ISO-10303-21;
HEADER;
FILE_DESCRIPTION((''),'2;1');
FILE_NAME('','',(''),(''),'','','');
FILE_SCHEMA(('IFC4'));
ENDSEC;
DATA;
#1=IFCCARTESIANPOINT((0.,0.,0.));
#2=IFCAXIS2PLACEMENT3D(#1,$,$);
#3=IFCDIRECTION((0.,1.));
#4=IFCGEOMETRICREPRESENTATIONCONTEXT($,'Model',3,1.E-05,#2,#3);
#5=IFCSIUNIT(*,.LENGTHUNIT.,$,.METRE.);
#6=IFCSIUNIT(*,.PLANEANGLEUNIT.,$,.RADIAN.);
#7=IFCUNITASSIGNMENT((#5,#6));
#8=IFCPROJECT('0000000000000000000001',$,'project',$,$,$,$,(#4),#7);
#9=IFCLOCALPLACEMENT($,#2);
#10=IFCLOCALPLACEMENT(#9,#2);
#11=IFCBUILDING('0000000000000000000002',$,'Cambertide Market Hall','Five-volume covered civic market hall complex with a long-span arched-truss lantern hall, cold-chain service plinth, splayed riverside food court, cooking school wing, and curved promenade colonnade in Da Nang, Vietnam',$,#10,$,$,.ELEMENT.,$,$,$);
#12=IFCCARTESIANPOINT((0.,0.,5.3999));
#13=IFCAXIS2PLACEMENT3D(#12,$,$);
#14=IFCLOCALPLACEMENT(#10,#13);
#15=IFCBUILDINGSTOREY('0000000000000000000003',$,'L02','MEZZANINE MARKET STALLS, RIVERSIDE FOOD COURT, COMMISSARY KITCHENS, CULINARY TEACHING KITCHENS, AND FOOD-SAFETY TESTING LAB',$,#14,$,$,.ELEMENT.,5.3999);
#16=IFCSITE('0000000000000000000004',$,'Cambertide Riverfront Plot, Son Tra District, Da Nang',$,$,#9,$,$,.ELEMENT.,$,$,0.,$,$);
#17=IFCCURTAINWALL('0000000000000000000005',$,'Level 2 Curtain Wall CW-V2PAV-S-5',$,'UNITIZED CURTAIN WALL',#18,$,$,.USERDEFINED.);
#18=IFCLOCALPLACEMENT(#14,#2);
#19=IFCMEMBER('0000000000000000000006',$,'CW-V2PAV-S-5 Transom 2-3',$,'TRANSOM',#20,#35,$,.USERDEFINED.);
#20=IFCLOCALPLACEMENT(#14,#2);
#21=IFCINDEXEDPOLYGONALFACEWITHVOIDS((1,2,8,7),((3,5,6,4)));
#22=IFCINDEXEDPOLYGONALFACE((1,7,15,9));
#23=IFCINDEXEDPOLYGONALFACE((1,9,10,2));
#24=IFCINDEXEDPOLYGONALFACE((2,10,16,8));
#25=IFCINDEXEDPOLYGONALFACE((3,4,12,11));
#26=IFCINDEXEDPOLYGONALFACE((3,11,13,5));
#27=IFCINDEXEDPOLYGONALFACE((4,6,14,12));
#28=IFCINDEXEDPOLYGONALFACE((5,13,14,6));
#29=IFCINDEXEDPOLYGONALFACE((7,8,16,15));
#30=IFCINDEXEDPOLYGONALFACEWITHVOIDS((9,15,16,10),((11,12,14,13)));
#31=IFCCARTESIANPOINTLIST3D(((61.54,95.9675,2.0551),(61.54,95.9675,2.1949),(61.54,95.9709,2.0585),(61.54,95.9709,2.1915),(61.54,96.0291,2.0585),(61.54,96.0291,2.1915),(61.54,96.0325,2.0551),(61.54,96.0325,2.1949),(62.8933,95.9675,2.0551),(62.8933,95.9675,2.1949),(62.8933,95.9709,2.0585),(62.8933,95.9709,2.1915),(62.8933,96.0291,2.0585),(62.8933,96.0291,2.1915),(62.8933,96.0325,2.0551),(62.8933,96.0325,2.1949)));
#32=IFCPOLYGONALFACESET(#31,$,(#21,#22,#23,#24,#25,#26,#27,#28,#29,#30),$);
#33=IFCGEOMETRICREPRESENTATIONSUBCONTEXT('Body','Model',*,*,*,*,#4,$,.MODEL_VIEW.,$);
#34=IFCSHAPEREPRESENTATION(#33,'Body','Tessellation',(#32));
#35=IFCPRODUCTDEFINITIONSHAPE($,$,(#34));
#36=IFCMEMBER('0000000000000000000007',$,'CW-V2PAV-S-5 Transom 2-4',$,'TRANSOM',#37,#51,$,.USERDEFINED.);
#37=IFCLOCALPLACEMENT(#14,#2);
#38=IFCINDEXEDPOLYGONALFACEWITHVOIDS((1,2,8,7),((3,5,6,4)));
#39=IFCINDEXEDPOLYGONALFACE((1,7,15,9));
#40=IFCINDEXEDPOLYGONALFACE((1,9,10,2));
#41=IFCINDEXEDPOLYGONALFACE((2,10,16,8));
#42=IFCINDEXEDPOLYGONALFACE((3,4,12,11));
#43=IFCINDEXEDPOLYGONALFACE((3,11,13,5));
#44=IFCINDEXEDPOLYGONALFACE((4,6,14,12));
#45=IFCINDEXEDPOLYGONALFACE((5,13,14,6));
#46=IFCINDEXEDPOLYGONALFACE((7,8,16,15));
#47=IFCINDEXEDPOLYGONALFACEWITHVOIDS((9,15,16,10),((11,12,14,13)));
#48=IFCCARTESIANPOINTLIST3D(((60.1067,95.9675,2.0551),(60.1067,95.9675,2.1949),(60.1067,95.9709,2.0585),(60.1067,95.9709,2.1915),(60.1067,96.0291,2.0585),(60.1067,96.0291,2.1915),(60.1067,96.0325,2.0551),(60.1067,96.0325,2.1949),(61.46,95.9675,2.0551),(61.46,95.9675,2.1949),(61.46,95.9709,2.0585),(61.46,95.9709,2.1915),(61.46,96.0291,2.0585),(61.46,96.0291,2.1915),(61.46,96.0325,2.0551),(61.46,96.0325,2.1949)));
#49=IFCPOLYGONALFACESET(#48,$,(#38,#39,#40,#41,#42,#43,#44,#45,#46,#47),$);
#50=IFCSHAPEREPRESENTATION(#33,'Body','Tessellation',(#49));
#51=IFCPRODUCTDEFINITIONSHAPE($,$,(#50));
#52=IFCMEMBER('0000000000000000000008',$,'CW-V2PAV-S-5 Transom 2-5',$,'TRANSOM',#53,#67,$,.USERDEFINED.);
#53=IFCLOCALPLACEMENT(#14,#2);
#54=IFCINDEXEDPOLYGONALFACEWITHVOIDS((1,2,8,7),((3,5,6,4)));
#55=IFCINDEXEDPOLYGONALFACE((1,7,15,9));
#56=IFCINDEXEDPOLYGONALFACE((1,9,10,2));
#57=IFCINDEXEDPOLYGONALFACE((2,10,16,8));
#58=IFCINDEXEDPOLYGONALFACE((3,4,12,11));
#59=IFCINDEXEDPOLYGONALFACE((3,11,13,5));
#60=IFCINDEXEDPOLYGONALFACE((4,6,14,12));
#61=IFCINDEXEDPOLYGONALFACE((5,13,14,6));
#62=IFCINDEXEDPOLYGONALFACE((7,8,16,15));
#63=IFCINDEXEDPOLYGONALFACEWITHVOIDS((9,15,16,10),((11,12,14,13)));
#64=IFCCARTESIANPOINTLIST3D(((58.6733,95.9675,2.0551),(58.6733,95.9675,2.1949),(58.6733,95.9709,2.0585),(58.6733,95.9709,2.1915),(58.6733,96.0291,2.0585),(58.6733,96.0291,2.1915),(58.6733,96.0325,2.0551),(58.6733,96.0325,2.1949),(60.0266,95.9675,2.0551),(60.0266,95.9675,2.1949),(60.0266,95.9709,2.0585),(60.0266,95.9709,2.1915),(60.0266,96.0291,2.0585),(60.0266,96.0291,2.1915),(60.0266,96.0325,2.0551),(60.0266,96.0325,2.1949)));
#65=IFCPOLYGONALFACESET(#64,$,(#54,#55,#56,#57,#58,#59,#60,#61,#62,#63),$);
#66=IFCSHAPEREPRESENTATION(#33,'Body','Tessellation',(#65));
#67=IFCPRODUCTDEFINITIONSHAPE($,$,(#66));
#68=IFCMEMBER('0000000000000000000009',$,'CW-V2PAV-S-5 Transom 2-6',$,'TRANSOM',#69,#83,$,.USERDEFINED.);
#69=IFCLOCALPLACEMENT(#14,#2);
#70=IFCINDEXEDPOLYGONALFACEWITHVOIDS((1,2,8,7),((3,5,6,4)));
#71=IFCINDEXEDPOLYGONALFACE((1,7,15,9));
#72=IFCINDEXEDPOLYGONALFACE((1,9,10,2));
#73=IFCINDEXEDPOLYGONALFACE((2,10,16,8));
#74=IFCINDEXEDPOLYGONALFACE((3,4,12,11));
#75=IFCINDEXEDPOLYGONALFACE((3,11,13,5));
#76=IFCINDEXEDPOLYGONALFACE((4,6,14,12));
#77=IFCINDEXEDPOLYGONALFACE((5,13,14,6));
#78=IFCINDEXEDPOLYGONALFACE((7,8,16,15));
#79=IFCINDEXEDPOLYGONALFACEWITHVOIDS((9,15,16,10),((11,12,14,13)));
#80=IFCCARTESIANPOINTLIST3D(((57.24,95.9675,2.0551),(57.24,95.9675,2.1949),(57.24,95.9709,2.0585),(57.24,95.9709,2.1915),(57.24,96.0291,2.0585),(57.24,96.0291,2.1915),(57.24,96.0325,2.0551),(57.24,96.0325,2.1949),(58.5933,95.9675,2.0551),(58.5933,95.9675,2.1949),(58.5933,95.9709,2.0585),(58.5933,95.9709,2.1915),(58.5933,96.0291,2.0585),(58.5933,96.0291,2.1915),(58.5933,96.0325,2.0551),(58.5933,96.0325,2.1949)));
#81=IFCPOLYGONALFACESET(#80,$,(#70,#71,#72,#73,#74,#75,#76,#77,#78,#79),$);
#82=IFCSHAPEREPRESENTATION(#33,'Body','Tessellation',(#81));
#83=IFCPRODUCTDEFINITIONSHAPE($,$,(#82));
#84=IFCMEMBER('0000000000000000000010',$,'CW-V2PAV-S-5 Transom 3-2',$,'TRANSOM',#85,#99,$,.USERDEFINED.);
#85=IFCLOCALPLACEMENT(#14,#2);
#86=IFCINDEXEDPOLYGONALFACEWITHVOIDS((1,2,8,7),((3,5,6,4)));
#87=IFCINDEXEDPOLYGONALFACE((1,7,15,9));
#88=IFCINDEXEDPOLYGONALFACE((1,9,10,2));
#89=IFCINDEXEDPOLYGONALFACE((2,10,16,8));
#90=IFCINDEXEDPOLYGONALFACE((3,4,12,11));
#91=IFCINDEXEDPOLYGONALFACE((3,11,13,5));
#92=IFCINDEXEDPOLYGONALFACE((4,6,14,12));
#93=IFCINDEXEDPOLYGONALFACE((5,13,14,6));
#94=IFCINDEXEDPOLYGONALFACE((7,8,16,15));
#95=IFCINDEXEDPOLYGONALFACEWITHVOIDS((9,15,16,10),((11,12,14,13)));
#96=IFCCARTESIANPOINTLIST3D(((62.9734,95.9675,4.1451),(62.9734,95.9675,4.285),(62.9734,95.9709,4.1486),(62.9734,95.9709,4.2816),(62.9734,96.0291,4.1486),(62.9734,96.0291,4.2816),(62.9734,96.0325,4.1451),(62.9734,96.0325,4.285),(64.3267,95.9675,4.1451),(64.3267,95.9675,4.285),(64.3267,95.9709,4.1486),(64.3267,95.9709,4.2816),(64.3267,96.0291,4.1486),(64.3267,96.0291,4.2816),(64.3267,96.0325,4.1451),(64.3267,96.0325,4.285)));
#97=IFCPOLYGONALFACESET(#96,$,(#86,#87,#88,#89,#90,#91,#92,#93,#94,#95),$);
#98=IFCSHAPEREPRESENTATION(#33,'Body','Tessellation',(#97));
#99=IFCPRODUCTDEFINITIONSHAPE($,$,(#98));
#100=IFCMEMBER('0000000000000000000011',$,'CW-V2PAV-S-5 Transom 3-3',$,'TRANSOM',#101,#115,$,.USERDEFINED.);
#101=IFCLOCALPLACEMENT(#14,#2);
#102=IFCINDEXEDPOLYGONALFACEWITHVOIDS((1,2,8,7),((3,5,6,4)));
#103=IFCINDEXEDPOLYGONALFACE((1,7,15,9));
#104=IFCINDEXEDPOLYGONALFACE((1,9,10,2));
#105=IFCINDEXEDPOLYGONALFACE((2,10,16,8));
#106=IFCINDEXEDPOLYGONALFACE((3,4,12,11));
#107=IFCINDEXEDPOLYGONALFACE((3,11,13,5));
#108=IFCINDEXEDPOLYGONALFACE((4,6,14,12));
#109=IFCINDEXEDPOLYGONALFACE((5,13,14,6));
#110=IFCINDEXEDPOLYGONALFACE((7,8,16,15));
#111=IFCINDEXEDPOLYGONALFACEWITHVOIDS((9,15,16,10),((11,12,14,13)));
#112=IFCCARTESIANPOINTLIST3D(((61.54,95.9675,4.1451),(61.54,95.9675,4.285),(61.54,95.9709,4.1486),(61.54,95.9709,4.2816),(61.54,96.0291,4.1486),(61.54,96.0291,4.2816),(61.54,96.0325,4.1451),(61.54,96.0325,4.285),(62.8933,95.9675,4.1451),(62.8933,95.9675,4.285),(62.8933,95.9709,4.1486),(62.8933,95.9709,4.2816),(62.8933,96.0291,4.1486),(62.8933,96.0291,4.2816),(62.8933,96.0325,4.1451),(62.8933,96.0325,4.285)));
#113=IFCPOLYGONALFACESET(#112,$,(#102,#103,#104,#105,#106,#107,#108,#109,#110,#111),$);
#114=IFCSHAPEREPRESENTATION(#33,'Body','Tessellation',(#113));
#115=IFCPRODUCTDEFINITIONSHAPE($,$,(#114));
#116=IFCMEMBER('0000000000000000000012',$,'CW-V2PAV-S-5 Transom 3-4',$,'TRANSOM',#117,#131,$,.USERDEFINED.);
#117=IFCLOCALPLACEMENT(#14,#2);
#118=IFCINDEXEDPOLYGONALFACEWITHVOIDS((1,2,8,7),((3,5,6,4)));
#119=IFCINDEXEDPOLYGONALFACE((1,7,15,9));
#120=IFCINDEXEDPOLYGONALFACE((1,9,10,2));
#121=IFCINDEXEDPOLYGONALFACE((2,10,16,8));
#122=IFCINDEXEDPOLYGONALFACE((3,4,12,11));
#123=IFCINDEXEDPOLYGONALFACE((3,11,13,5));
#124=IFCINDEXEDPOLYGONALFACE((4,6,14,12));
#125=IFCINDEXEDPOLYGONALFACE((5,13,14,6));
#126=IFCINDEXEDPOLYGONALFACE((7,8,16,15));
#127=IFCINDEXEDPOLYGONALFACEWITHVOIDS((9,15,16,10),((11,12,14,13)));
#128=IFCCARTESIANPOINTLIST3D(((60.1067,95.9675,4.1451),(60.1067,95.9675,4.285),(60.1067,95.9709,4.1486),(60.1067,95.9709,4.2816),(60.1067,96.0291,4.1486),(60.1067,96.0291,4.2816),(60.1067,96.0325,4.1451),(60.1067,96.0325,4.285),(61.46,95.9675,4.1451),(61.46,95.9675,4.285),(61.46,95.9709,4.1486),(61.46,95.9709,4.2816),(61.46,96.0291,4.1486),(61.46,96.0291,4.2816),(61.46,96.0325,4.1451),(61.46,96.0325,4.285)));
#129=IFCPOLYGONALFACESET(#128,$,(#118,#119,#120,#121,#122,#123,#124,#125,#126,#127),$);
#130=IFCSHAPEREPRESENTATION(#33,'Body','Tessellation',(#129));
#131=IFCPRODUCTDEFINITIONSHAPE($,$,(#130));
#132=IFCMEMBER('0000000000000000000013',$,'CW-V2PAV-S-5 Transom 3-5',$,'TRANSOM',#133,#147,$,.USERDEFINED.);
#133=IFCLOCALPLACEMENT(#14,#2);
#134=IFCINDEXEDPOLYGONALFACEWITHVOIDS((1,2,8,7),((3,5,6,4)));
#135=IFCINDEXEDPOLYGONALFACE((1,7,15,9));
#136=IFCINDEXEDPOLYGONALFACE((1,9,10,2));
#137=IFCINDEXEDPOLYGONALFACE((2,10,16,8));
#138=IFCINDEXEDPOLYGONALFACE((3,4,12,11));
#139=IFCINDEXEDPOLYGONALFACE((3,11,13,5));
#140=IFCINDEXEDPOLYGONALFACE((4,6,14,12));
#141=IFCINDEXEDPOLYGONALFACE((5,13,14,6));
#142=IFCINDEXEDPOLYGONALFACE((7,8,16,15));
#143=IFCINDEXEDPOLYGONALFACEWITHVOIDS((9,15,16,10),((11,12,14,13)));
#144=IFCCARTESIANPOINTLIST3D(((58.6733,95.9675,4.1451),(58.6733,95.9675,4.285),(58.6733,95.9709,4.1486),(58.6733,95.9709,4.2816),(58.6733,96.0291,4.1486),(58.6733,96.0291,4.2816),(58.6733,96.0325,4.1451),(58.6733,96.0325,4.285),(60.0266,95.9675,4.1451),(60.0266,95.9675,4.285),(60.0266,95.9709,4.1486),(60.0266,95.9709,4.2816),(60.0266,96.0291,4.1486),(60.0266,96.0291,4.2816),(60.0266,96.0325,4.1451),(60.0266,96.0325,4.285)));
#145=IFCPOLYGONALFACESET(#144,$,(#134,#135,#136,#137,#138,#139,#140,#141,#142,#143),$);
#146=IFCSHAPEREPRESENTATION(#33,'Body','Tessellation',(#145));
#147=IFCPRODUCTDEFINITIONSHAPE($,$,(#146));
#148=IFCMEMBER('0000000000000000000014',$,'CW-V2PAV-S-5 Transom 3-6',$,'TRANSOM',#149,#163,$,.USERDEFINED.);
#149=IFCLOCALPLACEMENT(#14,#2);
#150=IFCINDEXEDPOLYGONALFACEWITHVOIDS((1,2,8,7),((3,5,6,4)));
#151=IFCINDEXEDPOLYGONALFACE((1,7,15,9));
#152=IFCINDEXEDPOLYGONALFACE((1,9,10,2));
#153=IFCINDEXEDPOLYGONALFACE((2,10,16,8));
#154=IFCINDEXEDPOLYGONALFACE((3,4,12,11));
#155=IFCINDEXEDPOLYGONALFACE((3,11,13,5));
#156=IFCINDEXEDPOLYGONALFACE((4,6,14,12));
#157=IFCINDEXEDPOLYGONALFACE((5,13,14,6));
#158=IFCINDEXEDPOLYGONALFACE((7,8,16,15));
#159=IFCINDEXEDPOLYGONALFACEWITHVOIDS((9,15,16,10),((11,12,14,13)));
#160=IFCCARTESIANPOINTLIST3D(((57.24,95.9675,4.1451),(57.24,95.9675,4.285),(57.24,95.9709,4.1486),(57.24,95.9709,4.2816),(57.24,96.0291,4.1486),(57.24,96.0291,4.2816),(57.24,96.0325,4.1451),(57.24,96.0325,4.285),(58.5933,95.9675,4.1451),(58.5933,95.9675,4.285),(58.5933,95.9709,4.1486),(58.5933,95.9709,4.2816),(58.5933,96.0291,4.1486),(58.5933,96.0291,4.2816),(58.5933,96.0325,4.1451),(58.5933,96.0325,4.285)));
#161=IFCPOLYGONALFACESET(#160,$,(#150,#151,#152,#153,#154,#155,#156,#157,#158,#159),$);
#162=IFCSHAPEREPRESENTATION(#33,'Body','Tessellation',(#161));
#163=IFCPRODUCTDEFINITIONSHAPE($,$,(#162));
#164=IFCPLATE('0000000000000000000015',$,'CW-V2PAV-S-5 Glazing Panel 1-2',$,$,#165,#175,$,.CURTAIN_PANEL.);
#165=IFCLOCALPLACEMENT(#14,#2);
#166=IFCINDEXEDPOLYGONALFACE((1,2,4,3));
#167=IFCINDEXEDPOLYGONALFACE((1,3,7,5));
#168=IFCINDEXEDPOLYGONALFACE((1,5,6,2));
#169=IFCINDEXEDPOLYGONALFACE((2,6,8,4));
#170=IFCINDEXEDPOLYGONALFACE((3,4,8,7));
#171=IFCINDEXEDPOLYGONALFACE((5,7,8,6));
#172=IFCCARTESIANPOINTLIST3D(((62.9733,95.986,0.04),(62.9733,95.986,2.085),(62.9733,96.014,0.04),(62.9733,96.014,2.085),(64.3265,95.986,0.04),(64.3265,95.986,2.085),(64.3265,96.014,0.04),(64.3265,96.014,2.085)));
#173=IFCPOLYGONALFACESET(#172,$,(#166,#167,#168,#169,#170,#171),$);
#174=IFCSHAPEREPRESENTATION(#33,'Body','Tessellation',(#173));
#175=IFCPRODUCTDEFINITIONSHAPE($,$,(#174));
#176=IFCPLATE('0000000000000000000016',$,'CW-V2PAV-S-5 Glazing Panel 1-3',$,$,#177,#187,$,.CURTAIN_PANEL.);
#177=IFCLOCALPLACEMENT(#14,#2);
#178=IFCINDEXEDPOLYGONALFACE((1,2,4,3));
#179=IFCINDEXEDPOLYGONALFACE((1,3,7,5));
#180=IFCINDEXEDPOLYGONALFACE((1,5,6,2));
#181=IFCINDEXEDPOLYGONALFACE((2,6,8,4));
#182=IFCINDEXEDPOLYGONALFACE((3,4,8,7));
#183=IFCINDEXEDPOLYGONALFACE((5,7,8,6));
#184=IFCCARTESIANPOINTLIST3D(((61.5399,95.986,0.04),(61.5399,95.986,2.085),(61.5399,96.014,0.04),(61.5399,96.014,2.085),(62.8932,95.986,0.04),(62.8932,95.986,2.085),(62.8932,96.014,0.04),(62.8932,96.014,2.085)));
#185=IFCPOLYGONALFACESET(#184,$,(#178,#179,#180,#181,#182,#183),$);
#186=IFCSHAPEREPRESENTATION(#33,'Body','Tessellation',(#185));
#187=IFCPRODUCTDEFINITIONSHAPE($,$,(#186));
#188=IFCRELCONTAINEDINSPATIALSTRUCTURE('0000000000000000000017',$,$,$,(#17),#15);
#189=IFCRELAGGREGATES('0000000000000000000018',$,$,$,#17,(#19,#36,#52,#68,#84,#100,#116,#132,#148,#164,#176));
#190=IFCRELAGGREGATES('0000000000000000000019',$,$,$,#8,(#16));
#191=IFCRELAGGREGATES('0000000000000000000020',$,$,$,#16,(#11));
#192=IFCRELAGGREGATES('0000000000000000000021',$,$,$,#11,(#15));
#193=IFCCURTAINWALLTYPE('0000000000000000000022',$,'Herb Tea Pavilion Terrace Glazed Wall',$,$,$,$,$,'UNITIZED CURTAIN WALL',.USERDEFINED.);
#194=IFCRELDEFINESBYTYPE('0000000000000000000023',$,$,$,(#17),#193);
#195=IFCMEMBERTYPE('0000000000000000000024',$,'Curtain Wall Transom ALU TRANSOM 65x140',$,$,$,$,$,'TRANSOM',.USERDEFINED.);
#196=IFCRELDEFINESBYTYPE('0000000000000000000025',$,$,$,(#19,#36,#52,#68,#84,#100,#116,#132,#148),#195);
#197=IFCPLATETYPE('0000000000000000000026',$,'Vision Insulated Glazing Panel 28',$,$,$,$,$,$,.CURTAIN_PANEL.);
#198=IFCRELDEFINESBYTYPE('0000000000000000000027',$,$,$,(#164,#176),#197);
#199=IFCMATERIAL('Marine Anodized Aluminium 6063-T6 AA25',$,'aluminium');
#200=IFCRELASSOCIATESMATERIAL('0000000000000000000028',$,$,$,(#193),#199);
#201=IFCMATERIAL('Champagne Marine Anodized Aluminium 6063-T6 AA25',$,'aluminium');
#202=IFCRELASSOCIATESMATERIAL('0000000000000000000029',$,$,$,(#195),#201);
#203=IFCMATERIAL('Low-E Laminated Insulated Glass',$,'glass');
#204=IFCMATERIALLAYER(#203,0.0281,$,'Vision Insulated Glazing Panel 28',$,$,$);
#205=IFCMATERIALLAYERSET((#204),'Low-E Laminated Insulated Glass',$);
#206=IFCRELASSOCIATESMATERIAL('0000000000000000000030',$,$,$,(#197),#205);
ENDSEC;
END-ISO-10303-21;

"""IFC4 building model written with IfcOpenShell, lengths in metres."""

from ifc_helpers import new_model, si_unit, direction, frame, origin, origin_2d, place, context, subcontext, project, spatial, rectangle, hollow_rectangle, extrude, material, layer, layer_set, material_profile, profile_set, type_object, element, aggregate, save


model = new_model("IFC4")

# Units and contexts
model_context = context("Model", 3, precision=1e-05, world=origin(), true_north=direction((0.0, 1.0)))
body_context = subcontext(model_context, "Body", "Model", "MODEL_VIEW")
ifc_project = project(units=[si_unit("LENGTHUNIT", "METRE"), si_unit("PLANEANGLEUNIT", "RADIAN")], contexts=[model_context])

# Site, building, storey
site_placement = place(None, origin())
site = spatial("IfcSite", under=ifc_project, at=site_placement, Name="Cambertide Riverfront Plot, Son Tra District, Da Nang", CompositionType="ELEMENT", RefElevation=0.0)
building_placement = place(site_placement, origin())
building = spatial("IfcBuilding", under=site, at=building_placement, Name="Cambertide Market Hall", Description="Five-volume covered civic market hall complex with a long-span arched-truss lantern hall, cold-chain service plinth, splayed riverside food court, cooking school wing, and curved promenade colonnade in Da Nang, Vietnam", CompositionType="ELEMENT")
storey_placement = place(building_placement, frame((0.0, 0.0, 5.3999)))
storey = spatial("IfcBuildingStorey", under=building, at=storey_placement, Name="L02", Description="MEZZANINE MARKET STALLS, RIVERSIDE FOOD COURT, COMMISSARY KITCHENS, CULINARY TEACHING KITCHENS, AND FOOD-SAFETY TESTING LAB", CompositionType="ELEMENT", Elevation=5.3999)

# Curtain wall, members, plates
ifc_material_1 = material(Name="Marine Anodized Aluminium 6063-T6 AA25", Category="aluminium")
curtain_wall_type = type_object("IfcCurtainWallType", Name="Herb Tea Pavilion Terrace Glazed Wall", ElementType="UNITIZED CURTAIN WALL", PredefinedType="USERDEFINED", material=ifc_material_1)
curtain_wall_placement = place(storey_placement, origin())
curtain_wall = element("IfcCurtainWall", 1, at=curtain_wall_placement, inside=storey, type_object=curtain_wall_type, Name="Level 2 Curtain Wall CW-V2PAV-S-5", ObjectType="UNITIZED CURTAIN WALL", PredefinedType="USERDEFINED")
ifc_material_2 = material(Name="Champagne Marine Anodized Aluminium 6063-T6 AA25", Category="aluminium")
ifc_material_profile_1 = material_profile(ifc_material_2, hollow_rectangle(XDim=0.0649, YDim=0.1399, WallThickness=0.0034, at=origin_2d()), Name="ALU TRANSOM 65x140")
ifc_profile_set_1 = profile_set([ifc_material_profile_1], Name="Champagne Marine Anodized Aluminium 6063-T6 AA25")
member_type_1 = type_object("IfcMemberType", Name="Curtain Wall Transom ALU TRANSOM 65x140", ElementType="TRANSOM", PredefinedType="USERDEFINED", material=ifc_profile_set_1)
member_1_placement = place(storey_placement, frame((62.8933, 96.0, 2.125), z_axis=(-1.0, 0.0, 0.0), x_axis=(0.0, -1.0, 0.0)))
member_1 = element("IfcMember", 2, at=member_1_placement, type_object=member_type_1, Name="CW-V2PAV-S-5 Transom 2-3", ObjectType="TRANSOM", PredefinedType="USERDEFINED", context=body_context, shape_type="SweptSolid", body=[
    extrude(hollow_rectangle(XDim=0.0649, YDim=0.1399, WallThickness=0.0034, at=origin_2d()), origin(), (0.0, 0.0, 1.0), 1.3533),
])
member_2_placement = place(storey_placement, frame((61.46, 96.0, 2.125), z_axis=(-1.0, 0.0, 0.0), x_axis=(0.0, -1.0, 0.0)))
member_2 = element("IfcMember", 3, at=member_2_placement, type_object=member_type_1, Name="CW-V2PAV-S-5 Transom 2-4", ObjectType="TRANSOM", PredefinedType="USERDEFINED", context=body_context, shape_type="SweptSolid", body=[
    extrude(hollow_rectangle(XDim=0.0649, YDim=0.1399, WallThickness=0.0034, at=origin_2d()), origin(), (0.0, 0.0, 1.0), 1.3533),
])
member_3_placement = place(storey_placement, frame((60.0266, 96.0, 2.125), z_axis=(-1.0, 0.0, 0.0), x_axis=(0.0, -1.0, 0.0)))
member_3 = element("IfcMember", 4, at=member_3_placement, type_object=member_type_1, Name="CW-V2PAV-S-5 Transom 2-5", ObjectType="TRANSOM", PredefinedType="USERDEFINED", context=body_context, shape_type="SweptSolid", body=[
    extrude(hollow_rectangle(XDim=0.0649, YDim=0.1399, WallThickness=0.0034, at=origin_2d()), origin(), (0.0, 0.0, 1.0), 1.3533),
])
member_4_placement = place(storey_placement, frame((58.5933, 96.0, 2.125), z_axis=(-1.0, 0.0, 0.0), x_axis=(0.0, -1.0, 0.0)))
member_4 = element("IfcMember", 5, at=member_4_placement, type_object=member_type_1, Name="CW-V2PAV-S-5 Transom 2-6", ObjectType="TRANSOM", PredefinedType="USERDEFINED", context=body_context, shape_type="SweptSolid", body=[
    extrude(hollow_rectangle(XDim=0.0649, YDim=0.1399, WallThickness=0.0034, at=origin_2d()), origin(), (0.0, 0.0, 1.0), 1.3533),
])
member_5_placement = place(storey_placement, frame((64.3267, 96.0, 4.2151), z_axis=(-1.0, 0.0, 0.0), x_axis=(0.0, -1.0, 0.0)))
member_5 = element("IfcMember", 6, at=member_5_placement, type_object=member_type_1, Name="CW-V2PAV-S-5 Transom 3-2", ObjectType="TRANSOM", PredefinedType="USERDEFINED", context=body_context, shape_type="SweptSolid", body=[
    extrude(hollow_rectangle(XDim=0.0649, YDim=0.1399, WallThickness=0.0034, at=origin_2d()), origin(), (0.0, 0.0, 1.0), 1.3533),
])
member_6_placement = place(storey_placement, frame((62.8933, 96.0, 4.2151), z_axis=(-1.0, 0.0, 0.0), x_axis=(0.0, -1.0, 0.0)))
member_6 = element("IfcMember", 7, at=member_6_placement, type_object=member_type_1, Name="CW-V2PAV-S-5 Transom 3-3", ObjectType="TRANSOM", PredefinedType="USERDEFINED", context=body_context, shape_type="SweptSolid", body=[
    extrude(hollow_rectangle(XDim=0.0649, YDim=0.1399, WallThickness=0.0034, at=origin_2d()), origin(), (0.0, 0.0, 1.0), 1.3533),
])
member_7_placement = place(storey_placement, frame((61.46, 96.0, 4.2151), z_axis=(-1.0, 0.0, 0.0), x_axis=(0.0, -1.0, 0.0)))
member_7 = element("IfcMember", 8, at=member_7_placement, type_object=member_type_1, Name="CW-V2PAV-S-5 Transom 3-4", ObjectType="TRANSOM", PredefinedType="USERDEFINED", context=body_context, shape_type="SweptSolid", body=[
    extrude(hollow_rectangle(XDim=0.0649, YDim=0.1399, WallThickness=0.0034, at=origin_2d()), origin(), (0.0, 0.0, 1.0), 1.3533),
])
member_8_placement = place(storey_placement, frame((60.0266, 96.0, 4.2151), z_axis=(-1.0, 0.0, 0.0), x_axis=(0.0, -1.0, 0.0)))
member_8 = element("IfcMember", 9, at=member_8_placement, type_object=member_type_1, Name="CW-V2PAV-S-5 Transom 3-5", ObjectType="TRANSOM", PredefinedType="USERDEFINED", context=body_context, shape_type="SweptSolid", body=[
    extrude(hollow_rectangle(XDim=0.0649, YDim=0.1399, WallThickness=0.0034, at=origin_2d()), origin(), (0.0, 0.0, 1.0), 1.3533),
])
member_9_placement = place(storey_placement, frame((58.5933, 96.0, 4.2151), z_axis=(-1.0, 0.0, 0.0), x_axis=(0.0, -1.0, 0.0)))
member_9 = element("IfcMember", 10, at=member_9_placement, type_object=member_type_1, Name="CW-V2PAV-S-5 Transom 3-6", ObjectType="TRANSOM", PredefinedType="USERDEFINED", context=body_context, shape_type="SweptSolid", body=[
    extrude(hollow_rectangle(XDim=0.0649, YDim=0.1399, WallThickness=0.0034, at=origin_2d()), origin(), (0.0, 0.0, 1.0), 1.3533),
])
ifc_material_3 = material(Name="Low-E Laminated Insulated Glass", Category="glass")
ifc_layer = layer(ifc_material_3, 0.0281, Name="Vision Insulated Glazing Panel 28")
ifc_layer_set = layer_set([ifc_layer], Name="Low-E Laminated Insulated Glass")
plate_type = type_object("IfcPlateType", Name="Vision Insulated Glazing Panel 28", PredefinedType="CURTAIN_PANEL", material=ifc_layer_set)
plate_1_placement = place(storey_placement, frame((63.6499, 96.0, 0.04), z_axis=(0.0, 0.0, 1.0), x_axis=(-1.0, 0.0, 0.0)))
plate_1 = element("IfcPlate", 11, at=plate_1_placement, type_object=plate_type, Name="CW-V2PAV-S-5 Glazing Panel 1-2", PredefinedType="CURTAIN_PANEL", context=body_context, shape_type="SweptSolid", body=[
    extrude(rectangle(XDim=1.3533, YDim=0.0281, at=origin_2d()), origin(), (0.0, 0.0, 1.0), 2.0449),
])
plate_2_placement = place(storey_placement, frame((62.2166, 96.0, 0.04), z_axis=(0.0, 0.0, 1.0), x_axis=(-1.0, 0.0, 0.0)))
plate_2 = element("IfcPlate", 12, at=plate_2_placement, type_object=plate_type, Name="CW-V2PAV-S-5 Glazing Panel 1-3", PredefinedType="CURTAIN_PANEL", context=body_context, shape_type="SweptSolid", body=[
    extrude(rectangle(XDim=1.3533, YDim=0.0281, at=origin_2d()), origin(), (0.0, 0.0, 1.0), 2.0449),
])
aggregate(curtain_wall, [member_1, member_2, member_3, member_4, member_5, member_6, member_7, member_8, member_9, plate_1, plate_2])

save(model, "model.ifc")
